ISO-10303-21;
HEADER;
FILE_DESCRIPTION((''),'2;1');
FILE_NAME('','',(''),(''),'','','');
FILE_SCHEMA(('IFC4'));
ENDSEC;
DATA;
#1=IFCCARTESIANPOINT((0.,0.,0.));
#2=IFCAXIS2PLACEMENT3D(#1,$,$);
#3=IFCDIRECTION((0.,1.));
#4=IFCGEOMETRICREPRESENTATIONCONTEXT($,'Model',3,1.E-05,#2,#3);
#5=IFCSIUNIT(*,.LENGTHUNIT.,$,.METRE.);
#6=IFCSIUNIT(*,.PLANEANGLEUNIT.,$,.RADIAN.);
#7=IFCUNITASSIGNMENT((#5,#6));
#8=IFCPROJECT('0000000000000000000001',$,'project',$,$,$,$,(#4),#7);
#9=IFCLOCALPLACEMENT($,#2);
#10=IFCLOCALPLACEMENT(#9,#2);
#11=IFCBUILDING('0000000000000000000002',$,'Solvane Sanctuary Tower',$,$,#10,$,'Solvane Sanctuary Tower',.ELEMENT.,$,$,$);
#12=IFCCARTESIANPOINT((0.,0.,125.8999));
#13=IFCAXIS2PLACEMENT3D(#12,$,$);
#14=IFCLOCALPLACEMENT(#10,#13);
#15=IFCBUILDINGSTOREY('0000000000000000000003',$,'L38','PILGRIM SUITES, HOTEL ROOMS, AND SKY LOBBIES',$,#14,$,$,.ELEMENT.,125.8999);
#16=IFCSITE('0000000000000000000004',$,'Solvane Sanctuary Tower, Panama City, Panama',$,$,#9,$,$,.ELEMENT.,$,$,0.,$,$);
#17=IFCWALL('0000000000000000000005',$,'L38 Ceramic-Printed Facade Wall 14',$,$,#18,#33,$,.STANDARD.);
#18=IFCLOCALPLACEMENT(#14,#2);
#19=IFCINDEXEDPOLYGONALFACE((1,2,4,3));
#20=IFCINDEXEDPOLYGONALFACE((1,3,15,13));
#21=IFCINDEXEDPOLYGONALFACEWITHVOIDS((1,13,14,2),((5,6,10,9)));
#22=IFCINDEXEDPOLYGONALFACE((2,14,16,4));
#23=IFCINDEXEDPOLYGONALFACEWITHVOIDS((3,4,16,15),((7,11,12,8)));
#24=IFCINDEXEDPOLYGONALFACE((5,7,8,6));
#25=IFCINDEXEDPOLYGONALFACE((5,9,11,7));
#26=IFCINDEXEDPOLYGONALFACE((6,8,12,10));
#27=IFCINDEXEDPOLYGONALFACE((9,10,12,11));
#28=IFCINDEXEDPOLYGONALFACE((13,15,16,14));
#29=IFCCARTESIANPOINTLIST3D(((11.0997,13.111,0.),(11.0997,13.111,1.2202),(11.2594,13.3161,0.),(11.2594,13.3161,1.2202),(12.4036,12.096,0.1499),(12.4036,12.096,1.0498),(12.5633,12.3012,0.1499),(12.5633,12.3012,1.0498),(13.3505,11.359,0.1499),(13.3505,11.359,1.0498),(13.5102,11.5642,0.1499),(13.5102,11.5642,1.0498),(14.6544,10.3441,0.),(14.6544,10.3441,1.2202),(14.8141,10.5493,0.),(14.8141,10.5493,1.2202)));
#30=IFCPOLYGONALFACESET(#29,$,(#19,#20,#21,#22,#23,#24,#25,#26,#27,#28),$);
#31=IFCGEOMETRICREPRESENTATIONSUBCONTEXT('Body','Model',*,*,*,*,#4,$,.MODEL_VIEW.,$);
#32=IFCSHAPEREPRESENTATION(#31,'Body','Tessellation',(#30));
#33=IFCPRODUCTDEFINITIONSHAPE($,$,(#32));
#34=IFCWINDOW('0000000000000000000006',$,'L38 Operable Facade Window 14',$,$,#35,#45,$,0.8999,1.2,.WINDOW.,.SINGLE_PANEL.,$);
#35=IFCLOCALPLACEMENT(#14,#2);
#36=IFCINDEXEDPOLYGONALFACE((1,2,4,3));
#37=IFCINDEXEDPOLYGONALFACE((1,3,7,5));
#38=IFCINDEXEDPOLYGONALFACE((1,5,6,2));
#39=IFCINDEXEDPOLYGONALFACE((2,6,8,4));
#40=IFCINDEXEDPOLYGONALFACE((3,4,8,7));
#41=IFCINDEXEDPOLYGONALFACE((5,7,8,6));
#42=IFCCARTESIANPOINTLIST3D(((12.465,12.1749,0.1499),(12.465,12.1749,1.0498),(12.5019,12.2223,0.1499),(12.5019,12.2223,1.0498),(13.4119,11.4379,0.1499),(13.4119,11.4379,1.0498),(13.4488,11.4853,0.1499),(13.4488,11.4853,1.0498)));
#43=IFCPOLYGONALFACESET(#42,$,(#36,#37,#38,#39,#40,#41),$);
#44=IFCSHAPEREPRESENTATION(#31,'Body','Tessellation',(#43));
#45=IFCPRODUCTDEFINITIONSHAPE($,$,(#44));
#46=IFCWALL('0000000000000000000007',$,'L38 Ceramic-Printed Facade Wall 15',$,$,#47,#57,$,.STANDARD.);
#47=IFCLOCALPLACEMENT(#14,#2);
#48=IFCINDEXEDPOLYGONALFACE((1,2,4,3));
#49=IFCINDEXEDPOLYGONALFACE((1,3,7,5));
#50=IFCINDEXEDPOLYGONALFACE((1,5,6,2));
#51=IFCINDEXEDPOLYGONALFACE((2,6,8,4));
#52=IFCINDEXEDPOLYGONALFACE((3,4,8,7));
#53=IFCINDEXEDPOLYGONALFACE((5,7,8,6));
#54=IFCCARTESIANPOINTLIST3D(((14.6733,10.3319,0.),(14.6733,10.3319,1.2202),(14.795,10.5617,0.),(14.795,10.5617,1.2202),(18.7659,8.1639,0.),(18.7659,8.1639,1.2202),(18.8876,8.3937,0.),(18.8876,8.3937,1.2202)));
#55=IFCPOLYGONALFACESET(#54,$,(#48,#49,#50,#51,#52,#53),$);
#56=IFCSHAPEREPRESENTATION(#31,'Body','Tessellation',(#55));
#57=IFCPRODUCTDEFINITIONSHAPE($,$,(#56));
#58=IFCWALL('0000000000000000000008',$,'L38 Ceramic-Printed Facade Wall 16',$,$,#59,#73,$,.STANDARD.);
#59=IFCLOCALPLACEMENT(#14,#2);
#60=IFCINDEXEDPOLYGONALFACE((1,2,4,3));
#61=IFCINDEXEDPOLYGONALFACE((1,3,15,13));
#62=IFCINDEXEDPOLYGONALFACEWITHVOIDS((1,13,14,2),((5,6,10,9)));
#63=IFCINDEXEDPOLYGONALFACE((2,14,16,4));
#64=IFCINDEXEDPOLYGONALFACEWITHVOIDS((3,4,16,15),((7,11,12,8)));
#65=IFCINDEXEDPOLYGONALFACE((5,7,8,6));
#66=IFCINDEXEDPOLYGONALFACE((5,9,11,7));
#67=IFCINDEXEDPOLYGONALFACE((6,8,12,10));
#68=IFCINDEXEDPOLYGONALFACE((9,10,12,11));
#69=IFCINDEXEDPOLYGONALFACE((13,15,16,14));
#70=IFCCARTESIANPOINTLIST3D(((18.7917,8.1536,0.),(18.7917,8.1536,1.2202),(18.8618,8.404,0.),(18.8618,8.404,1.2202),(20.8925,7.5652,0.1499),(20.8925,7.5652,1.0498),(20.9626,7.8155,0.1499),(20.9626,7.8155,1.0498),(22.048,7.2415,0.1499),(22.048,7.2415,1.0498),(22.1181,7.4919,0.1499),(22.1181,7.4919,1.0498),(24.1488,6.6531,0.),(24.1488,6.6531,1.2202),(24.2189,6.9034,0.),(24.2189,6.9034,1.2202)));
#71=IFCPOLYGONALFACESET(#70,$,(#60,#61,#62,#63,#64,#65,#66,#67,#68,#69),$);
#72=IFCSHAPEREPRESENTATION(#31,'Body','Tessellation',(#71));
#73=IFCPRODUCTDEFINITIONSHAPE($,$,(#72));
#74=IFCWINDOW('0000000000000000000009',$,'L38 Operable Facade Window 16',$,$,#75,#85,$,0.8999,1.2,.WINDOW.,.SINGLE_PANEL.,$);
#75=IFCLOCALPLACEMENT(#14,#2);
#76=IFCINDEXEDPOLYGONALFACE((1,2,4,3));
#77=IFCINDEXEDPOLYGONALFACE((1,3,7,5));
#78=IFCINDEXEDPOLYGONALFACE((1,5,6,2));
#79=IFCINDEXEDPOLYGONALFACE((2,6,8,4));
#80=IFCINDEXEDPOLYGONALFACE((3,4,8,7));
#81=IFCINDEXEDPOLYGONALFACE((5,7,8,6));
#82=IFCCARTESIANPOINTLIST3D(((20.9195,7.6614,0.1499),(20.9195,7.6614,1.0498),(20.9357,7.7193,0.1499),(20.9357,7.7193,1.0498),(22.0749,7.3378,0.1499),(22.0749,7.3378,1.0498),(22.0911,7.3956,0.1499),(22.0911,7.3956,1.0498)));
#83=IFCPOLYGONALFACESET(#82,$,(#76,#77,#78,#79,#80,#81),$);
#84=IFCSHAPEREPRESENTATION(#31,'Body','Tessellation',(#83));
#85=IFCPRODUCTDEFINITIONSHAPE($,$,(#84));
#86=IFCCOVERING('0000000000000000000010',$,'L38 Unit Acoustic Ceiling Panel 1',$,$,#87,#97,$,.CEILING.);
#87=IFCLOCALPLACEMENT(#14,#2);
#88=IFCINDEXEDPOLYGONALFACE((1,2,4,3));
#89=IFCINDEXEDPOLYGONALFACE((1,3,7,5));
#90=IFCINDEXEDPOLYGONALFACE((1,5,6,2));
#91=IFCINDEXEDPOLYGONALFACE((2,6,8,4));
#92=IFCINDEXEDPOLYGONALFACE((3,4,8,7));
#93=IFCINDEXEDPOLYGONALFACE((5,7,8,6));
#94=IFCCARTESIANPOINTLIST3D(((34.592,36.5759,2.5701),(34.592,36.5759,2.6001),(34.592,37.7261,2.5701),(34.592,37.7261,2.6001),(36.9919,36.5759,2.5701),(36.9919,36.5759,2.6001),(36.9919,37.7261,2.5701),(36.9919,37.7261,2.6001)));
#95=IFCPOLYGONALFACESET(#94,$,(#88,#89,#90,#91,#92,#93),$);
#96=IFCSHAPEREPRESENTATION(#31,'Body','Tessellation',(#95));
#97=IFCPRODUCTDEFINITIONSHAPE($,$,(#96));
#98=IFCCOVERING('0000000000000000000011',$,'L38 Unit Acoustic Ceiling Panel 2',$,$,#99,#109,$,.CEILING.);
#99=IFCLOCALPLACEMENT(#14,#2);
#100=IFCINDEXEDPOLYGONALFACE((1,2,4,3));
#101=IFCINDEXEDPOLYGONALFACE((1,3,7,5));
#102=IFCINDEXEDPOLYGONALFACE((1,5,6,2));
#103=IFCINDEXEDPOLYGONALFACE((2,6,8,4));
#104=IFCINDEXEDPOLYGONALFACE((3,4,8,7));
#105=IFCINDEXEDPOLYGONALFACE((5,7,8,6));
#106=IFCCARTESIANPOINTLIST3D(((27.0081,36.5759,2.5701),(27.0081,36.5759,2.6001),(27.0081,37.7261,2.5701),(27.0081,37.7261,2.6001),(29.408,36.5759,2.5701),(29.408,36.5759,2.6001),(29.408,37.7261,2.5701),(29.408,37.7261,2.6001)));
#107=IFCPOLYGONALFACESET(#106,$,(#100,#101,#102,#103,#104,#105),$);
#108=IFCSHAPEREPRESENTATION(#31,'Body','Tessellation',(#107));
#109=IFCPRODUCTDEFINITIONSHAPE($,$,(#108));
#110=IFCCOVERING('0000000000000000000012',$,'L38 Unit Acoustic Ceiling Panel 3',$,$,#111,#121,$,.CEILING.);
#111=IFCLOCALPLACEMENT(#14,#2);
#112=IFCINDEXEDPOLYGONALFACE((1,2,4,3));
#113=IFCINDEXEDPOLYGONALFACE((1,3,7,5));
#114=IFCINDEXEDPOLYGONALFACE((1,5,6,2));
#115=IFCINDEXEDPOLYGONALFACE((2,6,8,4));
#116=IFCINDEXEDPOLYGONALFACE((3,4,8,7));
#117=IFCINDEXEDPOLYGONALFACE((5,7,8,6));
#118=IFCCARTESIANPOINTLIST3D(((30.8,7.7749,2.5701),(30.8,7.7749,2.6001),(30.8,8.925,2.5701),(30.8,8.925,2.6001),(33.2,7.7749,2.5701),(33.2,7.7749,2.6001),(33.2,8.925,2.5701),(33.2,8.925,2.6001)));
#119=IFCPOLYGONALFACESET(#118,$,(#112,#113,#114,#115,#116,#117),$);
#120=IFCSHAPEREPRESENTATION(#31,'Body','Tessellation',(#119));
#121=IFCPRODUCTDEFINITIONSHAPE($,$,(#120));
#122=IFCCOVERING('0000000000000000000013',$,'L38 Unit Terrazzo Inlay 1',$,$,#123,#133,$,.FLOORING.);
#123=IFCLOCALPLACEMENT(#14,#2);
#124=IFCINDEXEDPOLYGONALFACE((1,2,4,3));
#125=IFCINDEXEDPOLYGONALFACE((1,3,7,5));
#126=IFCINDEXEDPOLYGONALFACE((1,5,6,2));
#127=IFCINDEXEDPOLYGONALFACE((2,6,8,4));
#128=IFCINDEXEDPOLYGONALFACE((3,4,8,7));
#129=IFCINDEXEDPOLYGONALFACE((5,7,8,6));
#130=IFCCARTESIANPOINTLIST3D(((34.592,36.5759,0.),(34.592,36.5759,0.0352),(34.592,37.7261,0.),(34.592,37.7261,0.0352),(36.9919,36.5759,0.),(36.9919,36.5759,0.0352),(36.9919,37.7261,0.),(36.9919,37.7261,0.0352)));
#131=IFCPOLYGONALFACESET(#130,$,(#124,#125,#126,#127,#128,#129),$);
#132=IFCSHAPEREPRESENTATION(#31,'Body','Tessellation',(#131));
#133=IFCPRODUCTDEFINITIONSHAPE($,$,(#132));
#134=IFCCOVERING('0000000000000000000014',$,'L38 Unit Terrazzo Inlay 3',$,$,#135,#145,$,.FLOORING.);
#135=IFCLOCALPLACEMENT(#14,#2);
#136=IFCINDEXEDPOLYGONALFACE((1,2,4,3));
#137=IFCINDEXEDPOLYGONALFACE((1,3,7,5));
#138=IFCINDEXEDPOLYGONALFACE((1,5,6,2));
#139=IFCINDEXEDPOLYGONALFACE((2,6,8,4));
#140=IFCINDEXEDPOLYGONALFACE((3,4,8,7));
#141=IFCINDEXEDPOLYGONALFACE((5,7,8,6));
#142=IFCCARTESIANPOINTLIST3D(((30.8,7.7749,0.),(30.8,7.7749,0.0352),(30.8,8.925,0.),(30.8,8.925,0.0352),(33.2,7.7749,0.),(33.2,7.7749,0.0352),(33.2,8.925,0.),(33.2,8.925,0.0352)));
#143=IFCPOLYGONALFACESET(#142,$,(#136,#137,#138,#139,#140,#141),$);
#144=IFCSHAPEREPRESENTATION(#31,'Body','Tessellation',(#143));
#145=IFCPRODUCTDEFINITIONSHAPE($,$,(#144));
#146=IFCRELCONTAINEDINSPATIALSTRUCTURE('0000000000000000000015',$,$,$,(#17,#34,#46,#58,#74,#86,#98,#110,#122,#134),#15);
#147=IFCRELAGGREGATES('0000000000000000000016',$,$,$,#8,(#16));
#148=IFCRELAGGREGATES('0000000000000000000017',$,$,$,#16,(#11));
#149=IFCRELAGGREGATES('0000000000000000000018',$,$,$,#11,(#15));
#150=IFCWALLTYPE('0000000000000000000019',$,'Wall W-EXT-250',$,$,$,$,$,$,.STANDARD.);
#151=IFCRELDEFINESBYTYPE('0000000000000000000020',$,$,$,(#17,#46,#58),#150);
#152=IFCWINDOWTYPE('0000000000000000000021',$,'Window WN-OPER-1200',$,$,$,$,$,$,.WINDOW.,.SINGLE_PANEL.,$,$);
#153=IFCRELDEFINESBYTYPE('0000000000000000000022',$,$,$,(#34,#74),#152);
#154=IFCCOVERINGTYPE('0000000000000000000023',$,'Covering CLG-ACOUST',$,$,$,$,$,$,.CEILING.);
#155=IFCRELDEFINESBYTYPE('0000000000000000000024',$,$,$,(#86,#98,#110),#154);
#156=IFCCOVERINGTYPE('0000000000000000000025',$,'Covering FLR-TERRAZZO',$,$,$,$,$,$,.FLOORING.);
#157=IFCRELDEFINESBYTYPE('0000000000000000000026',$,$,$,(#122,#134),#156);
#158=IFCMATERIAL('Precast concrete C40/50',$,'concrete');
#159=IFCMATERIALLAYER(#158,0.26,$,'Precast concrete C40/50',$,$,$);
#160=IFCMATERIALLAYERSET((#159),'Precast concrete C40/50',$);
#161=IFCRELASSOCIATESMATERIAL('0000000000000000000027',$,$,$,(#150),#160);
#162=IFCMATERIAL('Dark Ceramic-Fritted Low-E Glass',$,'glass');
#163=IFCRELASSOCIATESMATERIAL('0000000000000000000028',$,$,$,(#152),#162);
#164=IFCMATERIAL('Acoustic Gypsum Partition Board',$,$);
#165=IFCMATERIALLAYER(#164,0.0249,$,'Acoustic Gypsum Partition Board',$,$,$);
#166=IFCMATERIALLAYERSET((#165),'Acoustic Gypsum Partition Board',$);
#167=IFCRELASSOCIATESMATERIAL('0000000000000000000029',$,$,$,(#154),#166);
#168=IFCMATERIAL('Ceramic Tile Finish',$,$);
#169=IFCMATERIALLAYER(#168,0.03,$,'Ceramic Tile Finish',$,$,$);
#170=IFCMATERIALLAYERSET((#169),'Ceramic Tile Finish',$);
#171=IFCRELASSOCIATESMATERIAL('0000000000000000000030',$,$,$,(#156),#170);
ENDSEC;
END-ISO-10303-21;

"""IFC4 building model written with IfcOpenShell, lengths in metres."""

from ifc_helpers import new_model, si_unit, direction, frame, frame_2d, origin, place, context, subcontext, project, spatial, polyline, rectangle, outline, extrude, material, layer, layer_set, type_object, element, fill, save


model = new_model("IFC4")

# Units and contexts
model_context = context("Model", 3, precision=1e-05, world=origin(), true_north=direction((0.0, 1.0)))
body_context = subcontext(model_context, "Body", "Model", "MODEL_VIEW")
ifc_project = project(units=[si_unit("LENGTHUNIT", "METRE"), si_unit("PLANEANGLEUNIT", "RADIAN")], contexts=[model_context])

# Site, building, storey
site_placement = place(None, origin())
site = spatial("IfcSite", under=ifc_project, at=site_placement, Name="Solvane Sanctuary Tower, Panama City, Panama", CompositionType="ELEMENT", RefElevation=0.0)
building_placement = place(site_placement, origin())
building = spatial("IfcBuilding", under=site, at=building_placement, Name="Solvane Sanctuary Tower", LongName="Solvane Sanctuary Tower", CompositionType="ELEMENT")
storey_placement = place(building_placement, frame((0.0, 0.0, 125.8999)))
storey = spatial("IfcBuildingStorey", under=building, at=storey_placement, Name="L38", Description="PILGRIM SUITES, HOTEL ROOMS, AND SKY LOBBIES", CompositionType="ELEMENT", Elevation=125.8999)

# Shared definitions
ifc_material_1 = material(Name="Acoustic Gypsum Partition Board")

# Wall, opening, window
ifc_material_2 = material(Name="Precast concrete C40/50", Category="concrete")
ifc_layer_1 = layer(ifc_material_2, 0.26, Name="Precast concrete C40/50")
ifc_layer_set_1 = layer_set([ifc_layer_1], Name="Precast concrete C40/50")
wall_type_1 = type_object("IfcWallType", Name="Wall W-EXT-250", PredefinedType="STANDARD", material=ifc_layer_set_1)
wall_1_placement = place(storey_placement, frame((11.1794, 13.2136, 0.0), z_axis=(0.0, 0.0, 1.0), x_axis=(0.789127, -0.614229, 0.0)))
wall_1 = element("IfcWall", 1, at=wall_1_placement, inside=storey, type_object=wall_type_1, Name="L38 Ceramic-Printed Facade Wall 14", PredefinedType="STANDARD", context=body_context, shape_type="SweptSolid", body=[
    extrude(rectangle(XDim=4.5046, YDim=0.26, at=frame_2d((2.2524, 0.0))), origin(), (0.0, 0.0, 1.0), 1.2202),
])
opening_1_placement = place(wall_1_placement, frame((1.6523, 0.0, 0.1499)))
opening_1 = element("IfcOpeningElement", 2, at=opening_1_placement, cuts=wall_1, PredefinedType="OPENING", context=body_context, shape_type="SweptSolid", body=[
    extrude(rectangle(XDim=1.2, YDim=0.8999, at=frame_2d((0.6001, 0.45))), frame((0.0, 0.1399, 0.0), z_axis=(0.0, -1.0, 0.0), x_axis=(1.0, 0.0, 0.0)), (0.0, 0.0, 1.0), 0.28),
])
ifc_material_3 = material(Name="Dark Ceramic-Fritted Low-E Glass", Category="glass")
window_type = type_object("IfcWindowType", Name="Window WN-OPER-1200", PartitioningType="SINGLE_PANEL", PredefinedType="WINDOW", material=ifc_material_3)
window_1_placement = place(opening_1_placement, origin())
window_1 = element("IfcWindow", 3, at=window_1_placement, inside=storey, type_object=window_type, Name="L38 Operable Facade Window 14", OverallHeight=0.8999, OverallWidth=1.2, PartitioningType="SINGLE_PANEL", PredefinedType="WINDOW", context=body_context, shape_type="SweptSolid", body=[
    extrude(rectangle(XDim=1.2, YDim=0.8999, at=frame_2d((0.6001, 0.45))), frame((0.0, 0.03, 0.0), z_axis=(0.0, -1.0, 0.0), x_axis=(1.0, 0.0, 0.0)), (0.0, 0.0, 1.0), 0.0601),
])
fill(opening_1, window_1)

# Wall
wall_2_placement = place(storey_placement, frame((14.7341, 10.4468, 0.0), z_axis=(0.0, 0.0, 1.0), x_axis=(0.883669, -0.468113, 0.0)))
element("IfcWall", 4, at=wall_2_placement, inside=storey, type_object=wall_type_1, Name="L38 Ceramic-Printed Facade Wall 15", PredefinedType="STANDARD", context=body_context, shape_type="SweptSolid", body=[
    extrude(rectangle(XDim=4.6313, YDim=0.26, at=frame_2d((2.3157, 0.0))), origin(), (0.0, 0.0, 1.0), 1.2202),
])

# Wall, opening, window
wall_3_placement = place(storey_placement, frame((18.8267, 8.2788, 0.0), z_axis=(0.0, 0.0, 1.0), x_axis=(0.962938, -0.269721, 0.0)))
wall_3 = element("IfcWall", 5, at=wall_3_placement, inside=storey, type_object=wall_type_1, Name="L38 Ceramic-Printed Facade Wall 16", PredefinedType="STANDARD", context=body_context, shape_type="SweptSolid", body=[
    extrude(rectangle(XDim=5.5632, YDim=0.26, at=frame_2d((2.7817, 0.0))), origin(), (0.0, 0.0, 1.0), 1.2202),
])
opening_2_placement = place(wall_3_placement, frame((2.1816, 0.0, 0.1499)))
opening_2 = element("IfcOpeningElement", 6, at=opening_2_placement, cuts=wall_3, PredefinedType="OPENING", context=body_context, shape_type="SweptSolid", body=[
    extrude(rectangle(XDim=1.2, YDim=0.8999, at=frame_2d((0.6001, 0.45))), frame((0.0, 0.1399, 0.0), z_axis=(0.0, -1.0, 0.0), x_axis=(1.0, 0.0, 0.0)), (0.0, 0.0, 1.0), 0.28),
])
window_2_placement = place(opening_2_placement, origin())
window_2 = element("IfcWindow", 7, at=window_2_placement, inside=storey, type_object=window_type, Name="L38 Operable Facade Window 16", OverallHeight=0.8999, OverallWidth=1.2, PartitioningType="SINGLE_PANEL", PredefinedType="WINDOW", context=body_context, shape_type="SweptSolid", body=[
    extrude(rectangle(XDim=1.2, YDim=0.8999, at=frame_2d((0.6001, 0.45))), frame((0.0, 0.03, 0.0), z_axis=(0.0, -1.0, 0.0), x_axis=(1.0, 0.0, 0.0)), (0.0, 0.0, 1.0), 0.0601),
])
fill(opening_2, window_2)

# Coverings
ifc_layer_2 = layer(ifc_material_1, 0.0249, Name="Acoustic Gypsum Partition Board")
ifc_layer_set_2 = layer_set([ifc_layer_2], Name="Acoustic Gypsum Partition Board")
covering_type_1 = type_object("IfcCoveringType", Name="Covering CLG-ACOUST", PredefinedType="CEILING", material=ifc_layer_set_2)
covering_1_placement = place(storey_placement, frame((0.0, 0.0, 2.5701)))
element("IfcCovering", 8, at=covering_1_placement, inside=storey, type_object=covering_type_1, Name="L38 Unit Acoustic Ceiling Panel 1", PredefinedType="CEILING", context=body_context, shape_type="SweptSolid", body=[
    extrude(outline(polyline([(34.592, 36.5759), (36.9919, 36.5759), (36.9919, 37.7261), (34.592, 37.7261), (34.592, 36.5759)])), origin(), (0.0, 0.0, 1.0), 0.03),
])
covering_2_placement = place(storey_placement, frame((0.0, 0.0, 2.5701)))
element("IfcCovering", 9, at=covering_2_placement, inside=storey, type_object=covering_type_1, Name="L38 Unit Acoustic Ceiling Panel 2", PredefinedType="CEILING", context=body_context, shape_type="SweptSolid", body=[
    extrude(outline(polyline([(27.0081, 36.5759), (29.408, 36.5759), (29.408, 37.7261), (27.0081, 37.7261), (27.0081, 36.5759)])), origin(), (0.0, 0.0, 1.0), 0.03),
])
covering_3_placement = place(storey_placement, frame((0.0, 0.0, 2.5701)))
element("IfcCovering", 10, at=covering_3_placement, inside=storey, type_object=covering_type_1, Name="L38 Unit Acoustic Ceiling Panel 3", PredefinedType="CEILING", context=body_context, shape_type="SweptSolid", body=[
    extrude(outline(polyline([(30.8, 7.7749), (33.2, 7.7749), (33.2, 8.925), (30.8, 8.925), (30.8, 7.7749)])), origin(), (0.0, 0.0, 1.0), 0.03),
])
ifc_material_4 = material(Name="Ceramic Tile Finish")
ifc_layer_3 = layer(ifc_material_4, 0.03, Name="Ceramic Tile Finish")
ifc_layer_set_3 = layer_set([ifc_layer_3], Name="Ceramic Tile Finish")
covering_type_2 = type_object("IfcCoveringType", Name="Covering FLR-TERRAZZO", PredefinedType="FLOORING", material=ifc_layer_set_3)
covering_4_placement = place(storey_placement, origin())
element("IfcCovering", 11, at=covering_4_placement, inside=storey, type_object=covering_type_2, Name="L38 Unit Terrazzo Inlay 1", PredefinedType="FLOORING", context=body_context, shape_type="SweptSolid", body=[
    extrude(outline(polyline([(34.592, 36.5759), (36.9919, 36.5759), (36.9919, 37.7261), (34.592, 37.7261), (34.592, 36.5759)])), origin(), (0.0, 0.0, 1.0), 0.0352),
])
covering_5_placement = place(storey_placement, origin())
element("IfcCovering", 12, at=covering_5_placement, inside=storey, type_object=covering_type_2, Name="L38 Unit Terrazzo Inlay 3", PredefinedType="FLOORING", context=body_context, shape_type="SweptSolid", body=[
    extrude(outline(polyline([(30.8, 7.7749), (33.2, 7.7749), (33.2, 8.925), (30.8, 8.925), (30.8, 7.7749)])), origin(), (0.0, 0.0, 1.0), 0.0352),
])

save(model, "model.ifc")
